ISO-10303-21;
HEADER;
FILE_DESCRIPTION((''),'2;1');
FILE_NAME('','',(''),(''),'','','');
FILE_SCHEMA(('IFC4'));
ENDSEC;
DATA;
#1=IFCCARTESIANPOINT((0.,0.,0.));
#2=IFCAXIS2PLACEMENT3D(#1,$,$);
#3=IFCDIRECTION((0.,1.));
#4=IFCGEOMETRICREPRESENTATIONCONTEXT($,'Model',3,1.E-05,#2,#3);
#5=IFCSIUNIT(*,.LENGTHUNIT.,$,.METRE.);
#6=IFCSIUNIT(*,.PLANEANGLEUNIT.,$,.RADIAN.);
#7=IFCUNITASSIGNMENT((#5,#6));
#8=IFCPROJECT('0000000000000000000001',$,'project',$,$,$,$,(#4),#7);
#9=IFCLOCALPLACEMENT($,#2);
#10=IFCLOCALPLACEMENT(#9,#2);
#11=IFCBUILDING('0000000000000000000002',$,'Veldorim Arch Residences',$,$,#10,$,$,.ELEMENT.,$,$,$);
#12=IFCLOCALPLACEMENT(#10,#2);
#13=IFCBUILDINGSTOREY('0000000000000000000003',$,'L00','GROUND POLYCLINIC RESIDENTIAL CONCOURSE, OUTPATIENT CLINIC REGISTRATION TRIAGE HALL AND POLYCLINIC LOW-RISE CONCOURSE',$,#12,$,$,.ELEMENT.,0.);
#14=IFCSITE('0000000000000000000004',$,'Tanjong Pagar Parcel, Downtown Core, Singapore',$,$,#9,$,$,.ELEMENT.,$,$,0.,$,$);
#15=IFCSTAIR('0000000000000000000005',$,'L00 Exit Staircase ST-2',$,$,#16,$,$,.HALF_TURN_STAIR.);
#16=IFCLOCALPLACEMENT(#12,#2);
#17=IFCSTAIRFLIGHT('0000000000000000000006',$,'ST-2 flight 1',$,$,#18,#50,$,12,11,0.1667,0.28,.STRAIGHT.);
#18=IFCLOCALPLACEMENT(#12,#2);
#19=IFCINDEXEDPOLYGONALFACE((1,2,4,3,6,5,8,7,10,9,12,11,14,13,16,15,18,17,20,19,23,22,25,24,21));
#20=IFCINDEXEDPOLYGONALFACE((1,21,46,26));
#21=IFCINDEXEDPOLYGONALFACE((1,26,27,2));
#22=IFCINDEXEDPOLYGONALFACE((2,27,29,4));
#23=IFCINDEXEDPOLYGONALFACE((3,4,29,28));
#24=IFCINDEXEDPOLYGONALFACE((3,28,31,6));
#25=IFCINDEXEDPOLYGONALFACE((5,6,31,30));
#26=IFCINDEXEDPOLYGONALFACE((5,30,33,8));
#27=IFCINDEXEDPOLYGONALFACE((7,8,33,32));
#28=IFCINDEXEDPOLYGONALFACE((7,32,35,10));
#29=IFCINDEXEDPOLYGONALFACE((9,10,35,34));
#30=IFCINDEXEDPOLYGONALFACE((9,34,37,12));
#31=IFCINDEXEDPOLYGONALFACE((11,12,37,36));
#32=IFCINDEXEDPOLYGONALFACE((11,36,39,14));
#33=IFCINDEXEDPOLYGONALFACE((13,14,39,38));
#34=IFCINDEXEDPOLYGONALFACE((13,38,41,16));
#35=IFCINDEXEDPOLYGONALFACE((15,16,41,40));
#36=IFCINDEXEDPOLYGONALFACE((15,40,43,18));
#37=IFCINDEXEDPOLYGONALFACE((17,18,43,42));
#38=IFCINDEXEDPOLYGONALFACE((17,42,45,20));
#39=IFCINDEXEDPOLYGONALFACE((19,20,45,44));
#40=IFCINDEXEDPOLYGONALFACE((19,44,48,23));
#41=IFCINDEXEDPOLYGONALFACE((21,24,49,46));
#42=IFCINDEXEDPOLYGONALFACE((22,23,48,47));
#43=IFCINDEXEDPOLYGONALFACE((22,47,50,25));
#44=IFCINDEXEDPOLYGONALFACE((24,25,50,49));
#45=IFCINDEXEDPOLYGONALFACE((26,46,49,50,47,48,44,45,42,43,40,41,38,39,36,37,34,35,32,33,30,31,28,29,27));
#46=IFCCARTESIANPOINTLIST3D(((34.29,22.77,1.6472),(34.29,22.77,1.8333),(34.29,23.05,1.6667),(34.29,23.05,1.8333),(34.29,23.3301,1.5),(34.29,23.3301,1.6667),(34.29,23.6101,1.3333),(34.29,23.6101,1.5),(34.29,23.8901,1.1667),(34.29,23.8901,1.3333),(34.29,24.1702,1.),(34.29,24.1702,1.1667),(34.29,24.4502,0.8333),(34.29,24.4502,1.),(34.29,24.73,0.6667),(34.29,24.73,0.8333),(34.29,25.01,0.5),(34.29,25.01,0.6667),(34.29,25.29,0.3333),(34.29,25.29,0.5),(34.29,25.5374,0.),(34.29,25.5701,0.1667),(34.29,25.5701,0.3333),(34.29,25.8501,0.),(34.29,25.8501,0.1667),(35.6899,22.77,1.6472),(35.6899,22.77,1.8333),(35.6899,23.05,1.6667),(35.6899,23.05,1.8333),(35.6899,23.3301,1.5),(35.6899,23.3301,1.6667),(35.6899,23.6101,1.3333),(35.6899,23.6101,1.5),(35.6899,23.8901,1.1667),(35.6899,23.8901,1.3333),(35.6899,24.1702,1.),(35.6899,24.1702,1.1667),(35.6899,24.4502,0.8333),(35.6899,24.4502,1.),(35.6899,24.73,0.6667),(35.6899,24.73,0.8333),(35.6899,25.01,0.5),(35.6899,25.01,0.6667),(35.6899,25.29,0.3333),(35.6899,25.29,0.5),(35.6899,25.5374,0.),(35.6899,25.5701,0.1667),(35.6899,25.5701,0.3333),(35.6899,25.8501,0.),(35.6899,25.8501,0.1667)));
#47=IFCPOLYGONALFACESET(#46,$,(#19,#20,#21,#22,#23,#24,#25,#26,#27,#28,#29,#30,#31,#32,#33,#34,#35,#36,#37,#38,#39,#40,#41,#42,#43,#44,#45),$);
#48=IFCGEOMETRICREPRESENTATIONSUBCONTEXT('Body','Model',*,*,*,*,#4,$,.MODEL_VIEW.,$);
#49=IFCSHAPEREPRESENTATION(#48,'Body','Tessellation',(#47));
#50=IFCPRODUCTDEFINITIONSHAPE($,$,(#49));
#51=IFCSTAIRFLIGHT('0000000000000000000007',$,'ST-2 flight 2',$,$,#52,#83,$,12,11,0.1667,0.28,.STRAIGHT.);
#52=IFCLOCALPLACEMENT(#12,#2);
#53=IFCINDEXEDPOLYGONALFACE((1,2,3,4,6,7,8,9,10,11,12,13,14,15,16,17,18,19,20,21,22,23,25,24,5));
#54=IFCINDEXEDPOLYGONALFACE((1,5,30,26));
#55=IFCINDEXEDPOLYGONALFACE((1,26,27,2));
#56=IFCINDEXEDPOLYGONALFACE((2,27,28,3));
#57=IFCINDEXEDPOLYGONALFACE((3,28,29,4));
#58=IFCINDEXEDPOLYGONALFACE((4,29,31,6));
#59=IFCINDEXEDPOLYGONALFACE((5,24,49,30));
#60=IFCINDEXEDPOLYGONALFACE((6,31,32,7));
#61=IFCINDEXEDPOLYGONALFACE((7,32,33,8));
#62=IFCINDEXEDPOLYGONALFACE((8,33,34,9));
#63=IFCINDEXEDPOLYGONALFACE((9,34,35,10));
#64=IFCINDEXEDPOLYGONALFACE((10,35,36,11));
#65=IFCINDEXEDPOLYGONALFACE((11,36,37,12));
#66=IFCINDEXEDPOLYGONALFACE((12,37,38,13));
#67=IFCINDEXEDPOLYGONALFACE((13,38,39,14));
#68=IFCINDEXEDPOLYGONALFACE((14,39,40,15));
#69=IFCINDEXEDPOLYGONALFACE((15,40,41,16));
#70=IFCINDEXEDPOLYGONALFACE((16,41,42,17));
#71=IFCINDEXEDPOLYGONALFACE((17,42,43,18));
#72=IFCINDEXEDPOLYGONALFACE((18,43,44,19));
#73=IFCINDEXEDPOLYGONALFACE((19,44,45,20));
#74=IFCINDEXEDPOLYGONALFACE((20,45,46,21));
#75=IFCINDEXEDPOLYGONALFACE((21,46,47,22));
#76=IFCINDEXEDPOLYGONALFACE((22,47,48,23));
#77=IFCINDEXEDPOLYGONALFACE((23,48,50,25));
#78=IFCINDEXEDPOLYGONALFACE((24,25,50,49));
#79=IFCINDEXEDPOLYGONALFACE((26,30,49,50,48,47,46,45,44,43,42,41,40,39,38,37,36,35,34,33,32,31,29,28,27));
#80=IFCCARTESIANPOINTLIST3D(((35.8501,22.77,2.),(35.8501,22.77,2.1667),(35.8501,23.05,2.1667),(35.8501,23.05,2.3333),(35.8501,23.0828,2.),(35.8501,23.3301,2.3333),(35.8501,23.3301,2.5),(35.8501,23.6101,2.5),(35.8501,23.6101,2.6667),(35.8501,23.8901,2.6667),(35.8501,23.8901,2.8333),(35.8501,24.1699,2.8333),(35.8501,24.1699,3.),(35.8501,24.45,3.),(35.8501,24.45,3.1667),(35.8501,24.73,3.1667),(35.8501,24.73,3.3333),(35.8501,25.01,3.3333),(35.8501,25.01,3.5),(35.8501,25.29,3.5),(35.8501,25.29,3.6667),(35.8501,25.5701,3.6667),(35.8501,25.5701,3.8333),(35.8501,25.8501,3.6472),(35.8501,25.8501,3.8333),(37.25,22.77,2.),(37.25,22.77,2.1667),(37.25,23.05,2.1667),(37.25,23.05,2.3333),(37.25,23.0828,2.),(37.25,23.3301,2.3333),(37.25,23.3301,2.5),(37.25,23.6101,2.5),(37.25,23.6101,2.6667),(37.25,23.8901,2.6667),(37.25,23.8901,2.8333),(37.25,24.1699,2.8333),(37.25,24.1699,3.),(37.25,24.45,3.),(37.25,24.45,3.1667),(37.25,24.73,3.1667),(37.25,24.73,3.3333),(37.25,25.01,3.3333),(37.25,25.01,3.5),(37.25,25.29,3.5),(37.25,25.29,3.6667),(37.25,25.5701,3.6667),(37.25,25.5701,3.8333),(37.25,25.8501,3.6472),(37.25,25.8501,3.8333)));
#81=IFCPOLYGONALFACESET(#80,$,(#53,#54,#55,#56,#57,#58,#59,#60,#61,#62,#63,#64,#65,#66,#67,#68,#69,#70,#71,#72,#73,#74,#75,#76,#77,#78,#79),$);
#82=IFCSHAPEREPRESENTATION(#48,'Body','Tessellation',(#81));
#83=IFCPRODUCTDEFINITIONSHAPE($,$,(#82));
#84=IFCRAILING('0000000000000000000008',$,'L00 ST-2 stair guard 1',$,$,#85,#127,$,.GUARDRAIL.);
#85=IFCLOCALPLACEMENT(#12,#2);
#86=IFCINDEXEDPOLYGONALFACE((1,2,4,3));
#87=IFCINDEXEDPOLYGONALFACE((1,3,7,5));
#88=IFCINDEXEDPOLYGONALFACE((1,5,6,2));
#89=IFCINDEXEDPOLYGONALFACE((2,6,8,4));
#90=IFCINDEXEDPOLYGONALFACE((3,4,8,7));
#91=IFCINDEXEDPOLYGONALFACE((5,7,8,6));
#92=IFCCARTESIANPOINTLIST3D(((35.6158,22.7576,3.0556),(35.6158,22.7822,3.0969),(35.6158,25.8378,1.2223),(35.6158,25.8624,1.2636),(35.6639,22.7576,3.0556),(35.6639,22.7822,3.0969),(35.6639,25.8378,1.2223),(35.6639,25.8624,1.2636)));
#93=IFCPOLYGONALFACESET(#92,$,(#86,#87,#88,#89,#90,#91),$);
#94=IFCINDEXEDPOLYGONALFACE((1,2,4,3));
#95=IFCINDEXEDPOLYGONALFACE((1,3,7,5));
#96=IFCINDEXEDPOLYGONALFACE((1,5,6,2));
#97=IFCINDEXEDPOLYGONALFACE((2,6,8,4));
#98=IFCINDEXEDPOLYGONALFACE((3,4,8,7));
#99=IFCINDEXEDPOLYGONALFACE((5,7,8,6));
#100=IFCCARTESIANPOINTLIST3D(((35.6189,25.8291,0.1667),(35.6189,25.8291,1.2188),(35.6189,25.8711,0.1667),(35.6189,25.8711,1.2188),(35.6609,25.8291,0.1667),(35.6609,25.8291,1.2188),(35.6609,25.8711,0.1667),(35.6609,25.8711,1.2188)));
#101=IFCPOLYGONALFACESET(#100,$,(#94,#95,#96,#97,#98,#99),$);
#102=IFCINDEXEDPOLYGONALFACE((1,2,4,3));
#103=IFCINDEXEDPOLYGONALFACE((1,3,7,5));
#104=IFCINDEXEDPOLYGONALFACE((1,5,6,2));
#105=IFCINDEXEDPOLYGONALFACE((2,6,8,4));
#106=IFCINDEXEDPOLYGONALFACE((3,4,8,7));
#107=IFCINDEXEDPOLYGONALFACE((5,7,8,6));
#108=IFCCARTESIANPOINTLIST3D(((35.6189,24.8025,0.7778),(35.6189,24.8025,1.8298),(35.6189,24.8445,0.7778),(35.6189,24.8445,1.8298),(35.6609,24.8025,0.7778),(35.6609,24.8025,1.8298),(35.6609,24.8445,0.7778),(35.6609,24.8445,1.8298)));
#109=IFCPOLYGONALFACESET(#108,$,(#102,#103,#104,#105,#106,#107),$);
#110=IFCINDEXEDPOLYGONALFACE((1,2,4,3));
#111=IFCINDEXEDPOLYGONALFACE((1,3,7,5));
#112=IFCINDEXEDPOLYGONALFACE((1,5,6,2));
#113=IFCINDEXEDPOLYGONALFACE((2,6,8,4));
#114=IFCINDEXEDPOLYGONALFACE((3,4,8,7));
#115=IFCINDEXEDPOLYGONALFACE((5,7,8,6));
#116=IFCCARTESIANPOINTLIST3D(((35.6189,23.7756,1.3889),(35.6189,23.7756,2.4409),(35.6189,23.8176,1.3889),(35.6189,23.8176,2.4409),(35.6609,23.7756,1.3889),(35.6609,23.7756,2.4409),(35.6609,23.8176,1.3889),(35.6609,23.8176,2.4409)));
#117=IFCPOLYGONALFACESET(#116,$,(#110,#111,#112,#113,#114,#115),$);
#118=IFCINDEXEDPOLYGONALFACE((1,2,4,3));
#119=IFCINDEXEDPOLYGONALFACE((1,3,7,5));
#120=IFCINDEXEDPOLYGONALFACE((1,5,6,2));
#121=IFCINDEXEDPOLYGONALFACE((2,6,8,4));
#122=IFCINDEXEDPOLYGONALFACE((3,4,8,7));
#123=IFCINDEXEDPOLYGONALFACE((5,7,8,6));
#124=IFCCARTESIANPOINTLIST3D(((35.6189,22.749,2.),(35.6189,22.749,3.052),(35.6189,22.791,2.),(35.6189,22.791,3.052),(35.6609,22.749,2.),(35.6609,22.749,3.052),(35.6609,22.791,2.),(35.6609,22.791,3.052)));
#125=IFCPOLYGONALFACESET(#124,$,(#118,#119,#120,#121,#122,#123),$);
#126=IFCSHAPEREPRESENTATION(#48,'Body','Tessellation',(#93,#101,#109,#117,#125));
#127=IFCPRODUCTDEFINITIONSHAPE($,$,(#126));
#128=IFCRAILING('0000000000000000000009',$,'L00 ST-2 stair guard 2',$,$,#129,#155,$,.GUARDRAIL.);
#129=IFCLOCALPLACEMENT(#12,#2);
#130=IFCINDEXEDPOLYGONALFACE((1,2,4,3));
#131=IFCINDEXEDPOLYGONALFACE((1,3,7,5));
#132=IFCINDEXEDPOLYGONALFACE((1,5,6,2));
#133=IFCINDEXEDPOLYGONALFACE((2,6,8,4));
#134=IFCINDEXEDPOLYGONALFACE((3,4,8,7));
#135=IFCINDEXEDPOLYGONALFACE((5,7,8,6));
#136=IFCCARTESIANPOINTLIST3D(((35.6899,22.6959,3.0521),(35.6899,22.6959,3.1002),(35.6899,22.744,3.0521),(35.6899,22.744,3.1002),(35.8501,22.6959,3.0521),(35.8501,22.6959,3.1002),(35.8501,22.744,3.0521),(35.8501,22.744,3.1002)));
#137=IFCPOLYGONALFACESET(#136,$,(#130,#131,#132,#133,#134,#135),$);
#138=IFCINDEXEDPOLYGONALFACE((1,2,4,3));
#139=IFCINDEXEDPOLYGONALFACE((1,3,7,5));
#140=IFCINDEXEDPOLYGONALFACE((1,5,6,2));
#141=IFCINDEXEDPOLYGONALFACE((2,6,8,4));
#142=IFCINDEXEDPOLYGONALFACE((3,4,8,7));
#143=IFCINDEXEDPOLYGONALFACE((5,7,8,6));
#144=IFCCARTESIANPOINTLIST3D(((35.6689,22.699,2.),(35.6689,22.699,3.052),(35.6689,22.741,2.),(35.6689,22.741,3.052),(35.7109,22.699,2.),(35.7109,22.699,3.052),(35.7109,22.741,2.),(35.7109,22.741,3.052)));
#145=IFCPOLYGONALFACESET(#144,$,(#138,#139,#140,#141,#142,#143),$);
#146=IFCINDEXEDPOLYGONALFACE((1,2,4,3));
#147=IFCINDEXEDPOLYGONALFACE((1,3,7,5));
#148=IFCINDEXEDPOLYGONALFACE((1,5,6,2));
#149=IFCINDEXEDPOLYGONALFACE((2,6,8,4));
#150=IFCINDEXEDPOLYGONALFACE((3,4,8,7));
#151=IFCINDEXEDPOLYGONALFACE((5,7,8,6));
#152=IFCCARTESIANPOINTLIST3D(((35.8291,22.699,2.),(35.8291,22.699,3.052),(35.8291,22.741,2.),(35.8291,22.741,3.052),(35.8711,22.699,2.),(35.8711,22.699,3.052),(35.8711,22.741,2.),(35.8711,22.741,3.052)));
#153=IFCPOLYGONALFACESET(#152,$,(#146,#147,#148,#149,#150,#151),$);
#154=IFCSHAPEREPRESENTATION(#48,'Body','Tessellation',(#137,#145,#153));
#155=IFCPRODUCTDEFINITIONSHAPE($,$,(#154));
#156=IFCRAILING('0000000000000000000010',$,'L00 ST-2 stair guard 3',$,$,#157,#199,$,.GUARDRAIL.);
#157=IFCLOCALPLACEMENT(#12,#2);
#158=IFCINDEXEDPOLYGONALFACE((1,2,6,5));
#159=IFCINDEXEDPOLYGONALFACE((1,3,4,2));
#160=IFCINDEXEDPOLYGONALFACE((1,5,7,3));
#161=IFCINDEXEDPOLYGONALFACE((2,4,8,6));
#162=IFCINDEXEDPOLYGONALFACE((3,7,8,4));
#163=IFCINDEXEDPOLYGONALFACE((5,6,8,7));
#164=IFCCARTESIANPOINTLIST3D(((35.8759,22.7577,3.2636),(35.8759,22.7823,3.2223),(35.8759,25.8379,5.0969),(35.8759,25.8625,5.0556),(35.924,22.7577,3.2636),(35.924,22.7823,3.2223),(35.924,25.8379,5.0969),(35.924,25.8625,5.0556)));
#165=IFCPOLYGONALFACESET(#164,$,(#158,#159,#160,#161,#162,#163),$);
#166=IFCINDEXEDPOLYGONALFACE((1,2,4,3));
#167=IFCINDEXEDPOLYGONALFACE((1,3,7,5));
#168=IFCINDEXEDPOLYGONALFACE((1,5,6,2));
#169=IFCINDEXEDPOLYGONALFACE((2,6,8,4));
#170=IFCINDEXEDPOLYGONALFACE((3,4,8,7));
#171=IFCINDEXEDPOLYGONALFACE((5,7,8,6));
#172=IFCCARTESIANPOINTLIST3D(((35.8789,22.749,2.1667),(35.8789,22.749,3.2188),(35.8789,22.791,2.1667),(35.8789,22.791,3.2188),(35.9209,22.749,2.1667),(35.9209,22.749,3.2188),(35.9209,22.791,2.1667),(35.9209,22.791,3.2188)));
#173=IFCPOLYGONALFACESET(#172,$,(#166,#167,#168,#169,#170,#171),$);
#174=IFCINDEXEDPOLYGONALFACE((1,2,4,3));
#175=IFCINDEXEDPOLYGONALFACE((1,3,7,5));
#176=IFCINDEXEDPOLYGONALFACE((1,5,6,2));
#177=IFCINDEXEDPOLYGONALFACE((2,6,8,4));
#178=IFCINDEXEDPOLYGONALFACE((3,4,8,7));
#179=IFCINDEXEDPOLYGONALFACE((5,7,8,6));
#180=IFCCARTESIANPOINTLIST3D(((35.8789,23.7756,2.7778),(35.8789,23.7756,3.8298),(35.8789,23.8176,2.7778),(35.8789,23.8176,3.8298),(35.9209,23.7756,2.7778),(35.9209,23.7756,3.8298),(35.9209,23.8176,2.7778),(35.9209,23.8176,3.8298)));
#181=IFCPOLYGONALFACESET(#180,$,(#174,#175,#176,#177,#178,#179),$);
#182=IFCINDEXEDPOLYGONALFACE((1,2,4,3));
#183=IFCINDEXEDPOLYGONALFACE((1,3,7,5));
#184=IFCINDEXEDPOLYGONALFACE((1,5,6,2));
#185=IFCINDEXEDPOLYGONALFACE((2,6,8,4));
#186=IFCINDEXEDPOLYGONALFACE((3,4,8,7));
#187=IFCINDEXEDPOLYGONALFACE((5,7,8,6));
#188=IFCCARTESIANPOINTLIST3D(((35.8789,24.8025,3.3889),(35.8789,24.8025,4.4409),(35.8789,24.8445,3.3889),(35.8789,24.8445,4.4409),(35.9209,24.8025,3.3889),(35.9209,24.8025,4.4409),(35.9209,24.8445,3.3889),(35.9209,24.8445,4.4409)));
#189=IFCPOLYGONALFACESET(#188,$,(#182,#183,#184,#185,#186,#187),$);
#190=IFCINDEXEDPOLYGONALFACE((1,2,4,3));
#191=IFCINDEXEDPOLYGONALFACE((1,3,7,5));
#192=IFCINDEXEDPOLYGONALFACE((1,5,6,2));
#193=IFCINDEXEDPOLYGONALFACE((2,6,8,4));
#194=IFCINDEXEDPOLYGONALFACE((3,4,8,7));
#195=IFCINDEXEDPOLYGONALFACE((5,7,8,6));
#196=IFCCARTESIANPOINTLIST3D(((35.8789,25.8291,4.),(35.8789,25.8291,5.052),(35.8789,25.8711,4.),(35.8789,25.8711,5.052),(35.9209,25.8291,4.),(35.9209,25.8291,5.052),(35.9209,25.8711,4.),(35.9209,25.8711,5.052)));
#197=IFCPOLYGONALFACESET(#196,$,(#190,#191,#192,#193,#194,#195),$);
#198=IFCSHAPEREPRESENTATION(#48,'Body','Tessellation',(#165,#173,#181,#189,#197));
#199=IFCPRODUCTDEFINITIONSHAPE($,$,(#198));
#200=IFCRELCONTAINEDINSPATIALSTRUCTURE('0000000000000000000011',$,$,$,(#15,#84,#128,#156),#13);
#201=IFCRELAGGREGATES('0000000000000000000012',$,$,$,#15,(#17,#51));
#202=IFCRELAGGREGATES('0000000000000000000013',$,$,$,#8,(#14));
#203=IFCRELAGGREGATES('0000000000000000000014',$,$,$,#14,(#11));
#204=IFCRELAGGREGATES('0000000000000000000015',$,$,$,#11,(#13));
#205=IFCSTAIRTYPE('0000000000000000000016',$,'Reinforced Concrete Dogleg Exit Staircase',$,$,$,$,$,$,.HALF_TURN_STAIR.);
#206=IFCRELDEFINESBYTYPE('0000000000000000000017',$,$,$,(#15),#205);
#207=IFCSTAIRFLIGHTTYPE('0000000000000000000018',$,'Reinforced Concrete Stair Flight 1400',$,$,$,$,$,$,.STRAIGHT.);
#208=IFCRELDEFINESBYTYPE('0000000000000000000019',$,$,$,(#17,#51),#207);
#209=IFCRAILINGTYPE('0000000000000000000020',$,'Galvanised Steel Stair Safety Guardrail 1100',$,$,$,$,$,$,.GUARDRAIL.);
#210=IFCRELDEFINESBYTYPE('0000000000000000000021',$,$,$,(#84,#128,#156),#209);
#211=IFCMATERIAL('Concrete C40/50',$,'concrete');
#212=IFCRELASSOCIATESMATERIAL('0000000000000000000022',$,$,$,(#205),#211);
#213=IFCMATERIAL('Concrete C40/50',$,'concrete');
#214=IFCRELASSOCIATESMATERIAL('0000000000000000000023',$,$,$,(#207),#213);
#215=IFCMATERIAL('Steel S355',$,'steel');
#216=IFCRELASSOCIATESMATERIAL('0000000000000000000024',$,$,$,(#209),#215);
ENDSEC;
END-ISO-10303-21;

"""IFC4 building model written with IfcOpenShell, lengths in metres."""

from ifc_helpers import new_model, si_unit, direction, frame, origin, origin_2d, place, context, subcontext, project, spatial, polyline, rectangle, outline, extrude, material, type_object, element, aggregate, save


model = new_model("IFC4")

# Units and contexts
model_context = context("Model", 3, precision=1e-05, world=origin(), true_north=direction((0.0, 1.0)))
body_context = subcontext(model_context, "Body", "Model", "MODEL_VIEW")
ifc_project = project(units=[si_unit("LENGTHUNIT", "METRE"), si_unit("PLANEANGLEUNIT", "RADIAN")], contexts=[model_context])

# Site, building, storey
site_placement = place(None, origin())
site = spatial("IfcSite", under=ifc_project, at=site_placement, Name="Tanjong Pagar Parcel, Downtown Core, Singapore", CompositionType="ELEMENT", RefElevation=0.0)
building_placement = place(site_placement, origin())
building = spatial("IfcBuilding", under=site, at=building_placement, Name="Veldorim Arch Residences", CompositionType="ELEMENT")
storey_placement = place(building_placement, origin())
storey = spatial("IfcBuildingStorey", under=building, at=storey_placement, Name="L00", Description="GROUND POLYCLINIC RESIDENTIAL CONCOURSE, OUTPATIENT CLINIC REGISTRATION TRIAGE HALL AND POLYCLINIC LOW-RISE CONCOURSE", CompositionType="ELEMENT", Elevation=0.0)

# Stair, stair flights
ifc_material_1 = material(Name="Concrete C40/50", Category="concrete")
stair_type = type_object("IfcStairType", Name="Reinforced Concrete Dogleg Exit Staircase", PredefinedType="HALF_TURN_STAIR", material=ifc_material_1)
stair_placement = place(storey_placement, origin())
stair = element("IfcStair", 1, at=stair_placement, inside=storey, type_object=stair_type, Name="L00 Exit Staircase ST-2", PredefinedType="HALF_TURN_STAIR")
ifc_material_2 = material(Name="Concrete C40/50", Category="concrete")
stair_flight_type = type_object("IfcStairFlightType", Name="Reinforced Concrete Stair Flight 1400", PredefinedType="STRAIGHT", material=ifc_material_2)
stair_flight_1_placement = place(storey_placement, frame((34.99, 25.8501, 0.0), z_axis=(0.0, 0.0, 1.0), x_axis=(0.0, -1.0, 0.0)))
stair_flight_1 = element("IfcStairFlight", 2, at=stair_flight_1_placement, type_object=stair_flight_type, Name="ST-2 flight 1", NumberOfRisers=12, NumberOfTreads=11, PredefinedType="STRAIGHT", RiserHeight=0.1667, TreadLength=0.28, context=body_context, shape_type="SweptSolid", body=[
    extrude(outline(polyline([(0.0, 0.0), (0.0, 0.1667), (0.28, 0.1667), (0.28, 0.3333), (0.5601, 0.3333), (0.5601, 0.5), (0.8401, 0.5), (0.8401, 0.6667), (1.1201, 0.6667), (1.1201, 0.8333), (1.3999, 0.8333), (1.3999, 1.0), (1.6799, 1.0), (1.6799, 1.1667), (1.96, 1.1667), (1.96, 1.3333), (2.24, 1.3333), (2.24, 1.5), (2.52, 1.5), (2.52, 1.6667), (2.8, 1.6667), (2.8, 1.8333), (3.0801, 1.8333), (3.0801, 2.0), (3.0801, 1.6472), (0.3127, 0.0), (0.0, 0.0)])), frame((0.0, 0.7, 0.0), z_axis=(0.0, -1.0, 0.0), x_axis=(1.0, 0.0, 0.0)), (0.0, 0.0, 1.0), 1.3999),
])
stair_flight_2_placement = place(storey_placement, frame((36.55, 22.77, 2.0), z_axis=(0.0, 0.0, 1.0), x_axis=(0.0, 1.0, 0.0)))
stair_flight_2 = element("IfcStairFlight", 3, at=stair_flight_2_placement, type_object=stair_flight_type, Name="ST-2 flight 2", NumberOfRisers=12, NumberOfTreads=11, PredefinedType="STRAIGHT", RiserHeight=0.1667, TreadLength=0.28, context=body_context, shape_type="SweptSolid", body=[
    extrude(outline(polyline([(0.0, 0.0), (0.0, 0.1667), (0.28, 0.1667), (0.28, 0.3333), (0.5601, 0.3333), (0.5601, 0.5), (0.8401, 0.5), (0.8401, 0.6667), (1.1201, 0.6667), (1.1201, 0.8333), (1.3999, 0.8333), (1.3999, 1.0), (1.6799, 1.0), (1.6799, 1.1667), (1.96, 1.1667), (1.96, 1.3333), (2.24, 1.3333), (2.24, 1.5), (2.52, 1.5), (2.52, 1.6667), (2.8, 1.6667), (2.8, 1.8333), (3.0801, 1.8333), (3.0801, 2.0), (3.0801, 1.6472), (0.3127, 0.0), (0.0, 0.0)])), frame((0.0, 0.7, 0.0), z_axis=(0.0, -1.0, 0.0), x_axis=(1.0, 0.0, 0.0)), (0.0, 0.0, 1.0), 1.3999),
])
aggregate(stair, [stair_flight_1, stair_flight_2])

# Railings
ifc_material_3 = material(Name="Steel S355", Category="steel")
railing_type_1 = type_object("IfcRailingType", Name="Galvanised Steel Stair Safety Guardrail 1100", PredefinedType="GUARDRAIL", material=ifc_material_3)
railing_1_placement = place(storey_placement, frame((35.6399, 25.8501, 0.1667)))
element("IfcRailing", 4, at=railing_1_placement, inside=storey, type_object=railing_type_1, Name="L00 ST-2 stair guard 1", PredefinedType="GUARDRAIL", context=body_context, shape_type="SweptSolid", body=[
    extrude(rectangle(XDim=0.0481, YDim=0.0481, at=origin_2d()), frame((0.0, 0.0, 1.0762), z_axis=(0.0, -0.859309, 0.511458), x_axis=(1.0, 0.0, 0.0)), (0.0, 0.0, 1.0), 3.5845),
    extrude(rectangle(XDim=0.042, YDim=0.042, at=origin_2d()), origin(), (0.0, 0.0, 1.0), 1.052),
    extrude(rectangle(XDim=0.042, YDim=0.042, at=origin_2d()), frame((0.0, -1.0266, 0.6111)), (0.0, 0.0, 1.0), 1.052),
    extrude(rectangle(XDim=0.042, YDim=0.042, at=origin_2d()), frame((0.0, -2.0535, 1.2222)), (0.0, 0.0, 1.0), 1.052),
    extrude(rectangle(XDim=0.042, YDim=0.042, at=origin_2d()), frame((0.0, -3.0801, 1.8333)), (0.0, 0.0, 1.0), 1.052),
])
railing_2_placement = place(storey_placement, frame((35.6899, 22.72, 2.0)))
element("IfcRailing", 5, at=railing_2_placement, inside=storey, type_object=railing_type_1, Name="L00 ST-2 stair guard 2", PredefinedType="GUARDRAIL", context=body_context, shape_type="SweptSolid", body=[
    extrude(rectangle(XDim=0.0481, YDim=0.0481, at=origin_2d()), frame((0.0, 0.0, 1.0762), z_axis=(1.0, 0.0, 0.0), x_axis=(0.0, 1.0, 0.0)), (0.0, 0.0, 1.0), 0.1602),
    extrude(rectangle(XDim=0.042, YDim=0.042, at=origin_2d()), origin(), (0.0, 0.0, 1.0), 1.052),
    extrude(rectangle(XDim=0.042, YDim=0.042, at=origin_2d()), frame((0.1602, 0.0, 0.0)), (0.0, 0.0, 1.0), 1.052),
])
railing_3_placement = place(storey_placement, frame((35.8999, 22.77, 2.1667)))
element("IfcRailing", 6, at=railing_3_placement, inside=storey, type_object=railing_type_1, Name="L00 ST-2 stair guard 3", PredefinedType="GUARDRAIL", context=body_context, shape_type="SweptSolid", body=[
    extrude(rectangle(XDim=0.0481, YDim=0.0481, at=origin_2d()), frame((0.0, 0.0, 1.0762), z_axis=(0.0, 0.859309, 0.511458), x_axis=(-1.0, 0.0, 0.0)), (0.0, 0.0, 1.0), 3.5845),
    extrude(rectangle(XDim=0.042, YDim=0.042, at=origin_2d()), origin(), (0.0, 0.0, 1.0), 1.052),
    extrude(rectangle(XDim=0.042, YDim=0.042, at=origin_2d()), frame((0.0, 1.0266, 0.6111)), (0.0, 0.0, 1.0), 1.052),
    extrude(rectangle(XDim=0.042, YDim=0.042, at=origin_2d()), frame((0.0, 2.0535, 1.2222)), (0.0, 0.0, 1.0), 1.052),
    extrude(rectangle(XDim=0.042, YDim=0.042, at=origin_2d()), frame((0.0, 3.0801, 1.8333)), (0.0, 0.0, 1.0), 1.052),
])

save(model, "model.ifc")
